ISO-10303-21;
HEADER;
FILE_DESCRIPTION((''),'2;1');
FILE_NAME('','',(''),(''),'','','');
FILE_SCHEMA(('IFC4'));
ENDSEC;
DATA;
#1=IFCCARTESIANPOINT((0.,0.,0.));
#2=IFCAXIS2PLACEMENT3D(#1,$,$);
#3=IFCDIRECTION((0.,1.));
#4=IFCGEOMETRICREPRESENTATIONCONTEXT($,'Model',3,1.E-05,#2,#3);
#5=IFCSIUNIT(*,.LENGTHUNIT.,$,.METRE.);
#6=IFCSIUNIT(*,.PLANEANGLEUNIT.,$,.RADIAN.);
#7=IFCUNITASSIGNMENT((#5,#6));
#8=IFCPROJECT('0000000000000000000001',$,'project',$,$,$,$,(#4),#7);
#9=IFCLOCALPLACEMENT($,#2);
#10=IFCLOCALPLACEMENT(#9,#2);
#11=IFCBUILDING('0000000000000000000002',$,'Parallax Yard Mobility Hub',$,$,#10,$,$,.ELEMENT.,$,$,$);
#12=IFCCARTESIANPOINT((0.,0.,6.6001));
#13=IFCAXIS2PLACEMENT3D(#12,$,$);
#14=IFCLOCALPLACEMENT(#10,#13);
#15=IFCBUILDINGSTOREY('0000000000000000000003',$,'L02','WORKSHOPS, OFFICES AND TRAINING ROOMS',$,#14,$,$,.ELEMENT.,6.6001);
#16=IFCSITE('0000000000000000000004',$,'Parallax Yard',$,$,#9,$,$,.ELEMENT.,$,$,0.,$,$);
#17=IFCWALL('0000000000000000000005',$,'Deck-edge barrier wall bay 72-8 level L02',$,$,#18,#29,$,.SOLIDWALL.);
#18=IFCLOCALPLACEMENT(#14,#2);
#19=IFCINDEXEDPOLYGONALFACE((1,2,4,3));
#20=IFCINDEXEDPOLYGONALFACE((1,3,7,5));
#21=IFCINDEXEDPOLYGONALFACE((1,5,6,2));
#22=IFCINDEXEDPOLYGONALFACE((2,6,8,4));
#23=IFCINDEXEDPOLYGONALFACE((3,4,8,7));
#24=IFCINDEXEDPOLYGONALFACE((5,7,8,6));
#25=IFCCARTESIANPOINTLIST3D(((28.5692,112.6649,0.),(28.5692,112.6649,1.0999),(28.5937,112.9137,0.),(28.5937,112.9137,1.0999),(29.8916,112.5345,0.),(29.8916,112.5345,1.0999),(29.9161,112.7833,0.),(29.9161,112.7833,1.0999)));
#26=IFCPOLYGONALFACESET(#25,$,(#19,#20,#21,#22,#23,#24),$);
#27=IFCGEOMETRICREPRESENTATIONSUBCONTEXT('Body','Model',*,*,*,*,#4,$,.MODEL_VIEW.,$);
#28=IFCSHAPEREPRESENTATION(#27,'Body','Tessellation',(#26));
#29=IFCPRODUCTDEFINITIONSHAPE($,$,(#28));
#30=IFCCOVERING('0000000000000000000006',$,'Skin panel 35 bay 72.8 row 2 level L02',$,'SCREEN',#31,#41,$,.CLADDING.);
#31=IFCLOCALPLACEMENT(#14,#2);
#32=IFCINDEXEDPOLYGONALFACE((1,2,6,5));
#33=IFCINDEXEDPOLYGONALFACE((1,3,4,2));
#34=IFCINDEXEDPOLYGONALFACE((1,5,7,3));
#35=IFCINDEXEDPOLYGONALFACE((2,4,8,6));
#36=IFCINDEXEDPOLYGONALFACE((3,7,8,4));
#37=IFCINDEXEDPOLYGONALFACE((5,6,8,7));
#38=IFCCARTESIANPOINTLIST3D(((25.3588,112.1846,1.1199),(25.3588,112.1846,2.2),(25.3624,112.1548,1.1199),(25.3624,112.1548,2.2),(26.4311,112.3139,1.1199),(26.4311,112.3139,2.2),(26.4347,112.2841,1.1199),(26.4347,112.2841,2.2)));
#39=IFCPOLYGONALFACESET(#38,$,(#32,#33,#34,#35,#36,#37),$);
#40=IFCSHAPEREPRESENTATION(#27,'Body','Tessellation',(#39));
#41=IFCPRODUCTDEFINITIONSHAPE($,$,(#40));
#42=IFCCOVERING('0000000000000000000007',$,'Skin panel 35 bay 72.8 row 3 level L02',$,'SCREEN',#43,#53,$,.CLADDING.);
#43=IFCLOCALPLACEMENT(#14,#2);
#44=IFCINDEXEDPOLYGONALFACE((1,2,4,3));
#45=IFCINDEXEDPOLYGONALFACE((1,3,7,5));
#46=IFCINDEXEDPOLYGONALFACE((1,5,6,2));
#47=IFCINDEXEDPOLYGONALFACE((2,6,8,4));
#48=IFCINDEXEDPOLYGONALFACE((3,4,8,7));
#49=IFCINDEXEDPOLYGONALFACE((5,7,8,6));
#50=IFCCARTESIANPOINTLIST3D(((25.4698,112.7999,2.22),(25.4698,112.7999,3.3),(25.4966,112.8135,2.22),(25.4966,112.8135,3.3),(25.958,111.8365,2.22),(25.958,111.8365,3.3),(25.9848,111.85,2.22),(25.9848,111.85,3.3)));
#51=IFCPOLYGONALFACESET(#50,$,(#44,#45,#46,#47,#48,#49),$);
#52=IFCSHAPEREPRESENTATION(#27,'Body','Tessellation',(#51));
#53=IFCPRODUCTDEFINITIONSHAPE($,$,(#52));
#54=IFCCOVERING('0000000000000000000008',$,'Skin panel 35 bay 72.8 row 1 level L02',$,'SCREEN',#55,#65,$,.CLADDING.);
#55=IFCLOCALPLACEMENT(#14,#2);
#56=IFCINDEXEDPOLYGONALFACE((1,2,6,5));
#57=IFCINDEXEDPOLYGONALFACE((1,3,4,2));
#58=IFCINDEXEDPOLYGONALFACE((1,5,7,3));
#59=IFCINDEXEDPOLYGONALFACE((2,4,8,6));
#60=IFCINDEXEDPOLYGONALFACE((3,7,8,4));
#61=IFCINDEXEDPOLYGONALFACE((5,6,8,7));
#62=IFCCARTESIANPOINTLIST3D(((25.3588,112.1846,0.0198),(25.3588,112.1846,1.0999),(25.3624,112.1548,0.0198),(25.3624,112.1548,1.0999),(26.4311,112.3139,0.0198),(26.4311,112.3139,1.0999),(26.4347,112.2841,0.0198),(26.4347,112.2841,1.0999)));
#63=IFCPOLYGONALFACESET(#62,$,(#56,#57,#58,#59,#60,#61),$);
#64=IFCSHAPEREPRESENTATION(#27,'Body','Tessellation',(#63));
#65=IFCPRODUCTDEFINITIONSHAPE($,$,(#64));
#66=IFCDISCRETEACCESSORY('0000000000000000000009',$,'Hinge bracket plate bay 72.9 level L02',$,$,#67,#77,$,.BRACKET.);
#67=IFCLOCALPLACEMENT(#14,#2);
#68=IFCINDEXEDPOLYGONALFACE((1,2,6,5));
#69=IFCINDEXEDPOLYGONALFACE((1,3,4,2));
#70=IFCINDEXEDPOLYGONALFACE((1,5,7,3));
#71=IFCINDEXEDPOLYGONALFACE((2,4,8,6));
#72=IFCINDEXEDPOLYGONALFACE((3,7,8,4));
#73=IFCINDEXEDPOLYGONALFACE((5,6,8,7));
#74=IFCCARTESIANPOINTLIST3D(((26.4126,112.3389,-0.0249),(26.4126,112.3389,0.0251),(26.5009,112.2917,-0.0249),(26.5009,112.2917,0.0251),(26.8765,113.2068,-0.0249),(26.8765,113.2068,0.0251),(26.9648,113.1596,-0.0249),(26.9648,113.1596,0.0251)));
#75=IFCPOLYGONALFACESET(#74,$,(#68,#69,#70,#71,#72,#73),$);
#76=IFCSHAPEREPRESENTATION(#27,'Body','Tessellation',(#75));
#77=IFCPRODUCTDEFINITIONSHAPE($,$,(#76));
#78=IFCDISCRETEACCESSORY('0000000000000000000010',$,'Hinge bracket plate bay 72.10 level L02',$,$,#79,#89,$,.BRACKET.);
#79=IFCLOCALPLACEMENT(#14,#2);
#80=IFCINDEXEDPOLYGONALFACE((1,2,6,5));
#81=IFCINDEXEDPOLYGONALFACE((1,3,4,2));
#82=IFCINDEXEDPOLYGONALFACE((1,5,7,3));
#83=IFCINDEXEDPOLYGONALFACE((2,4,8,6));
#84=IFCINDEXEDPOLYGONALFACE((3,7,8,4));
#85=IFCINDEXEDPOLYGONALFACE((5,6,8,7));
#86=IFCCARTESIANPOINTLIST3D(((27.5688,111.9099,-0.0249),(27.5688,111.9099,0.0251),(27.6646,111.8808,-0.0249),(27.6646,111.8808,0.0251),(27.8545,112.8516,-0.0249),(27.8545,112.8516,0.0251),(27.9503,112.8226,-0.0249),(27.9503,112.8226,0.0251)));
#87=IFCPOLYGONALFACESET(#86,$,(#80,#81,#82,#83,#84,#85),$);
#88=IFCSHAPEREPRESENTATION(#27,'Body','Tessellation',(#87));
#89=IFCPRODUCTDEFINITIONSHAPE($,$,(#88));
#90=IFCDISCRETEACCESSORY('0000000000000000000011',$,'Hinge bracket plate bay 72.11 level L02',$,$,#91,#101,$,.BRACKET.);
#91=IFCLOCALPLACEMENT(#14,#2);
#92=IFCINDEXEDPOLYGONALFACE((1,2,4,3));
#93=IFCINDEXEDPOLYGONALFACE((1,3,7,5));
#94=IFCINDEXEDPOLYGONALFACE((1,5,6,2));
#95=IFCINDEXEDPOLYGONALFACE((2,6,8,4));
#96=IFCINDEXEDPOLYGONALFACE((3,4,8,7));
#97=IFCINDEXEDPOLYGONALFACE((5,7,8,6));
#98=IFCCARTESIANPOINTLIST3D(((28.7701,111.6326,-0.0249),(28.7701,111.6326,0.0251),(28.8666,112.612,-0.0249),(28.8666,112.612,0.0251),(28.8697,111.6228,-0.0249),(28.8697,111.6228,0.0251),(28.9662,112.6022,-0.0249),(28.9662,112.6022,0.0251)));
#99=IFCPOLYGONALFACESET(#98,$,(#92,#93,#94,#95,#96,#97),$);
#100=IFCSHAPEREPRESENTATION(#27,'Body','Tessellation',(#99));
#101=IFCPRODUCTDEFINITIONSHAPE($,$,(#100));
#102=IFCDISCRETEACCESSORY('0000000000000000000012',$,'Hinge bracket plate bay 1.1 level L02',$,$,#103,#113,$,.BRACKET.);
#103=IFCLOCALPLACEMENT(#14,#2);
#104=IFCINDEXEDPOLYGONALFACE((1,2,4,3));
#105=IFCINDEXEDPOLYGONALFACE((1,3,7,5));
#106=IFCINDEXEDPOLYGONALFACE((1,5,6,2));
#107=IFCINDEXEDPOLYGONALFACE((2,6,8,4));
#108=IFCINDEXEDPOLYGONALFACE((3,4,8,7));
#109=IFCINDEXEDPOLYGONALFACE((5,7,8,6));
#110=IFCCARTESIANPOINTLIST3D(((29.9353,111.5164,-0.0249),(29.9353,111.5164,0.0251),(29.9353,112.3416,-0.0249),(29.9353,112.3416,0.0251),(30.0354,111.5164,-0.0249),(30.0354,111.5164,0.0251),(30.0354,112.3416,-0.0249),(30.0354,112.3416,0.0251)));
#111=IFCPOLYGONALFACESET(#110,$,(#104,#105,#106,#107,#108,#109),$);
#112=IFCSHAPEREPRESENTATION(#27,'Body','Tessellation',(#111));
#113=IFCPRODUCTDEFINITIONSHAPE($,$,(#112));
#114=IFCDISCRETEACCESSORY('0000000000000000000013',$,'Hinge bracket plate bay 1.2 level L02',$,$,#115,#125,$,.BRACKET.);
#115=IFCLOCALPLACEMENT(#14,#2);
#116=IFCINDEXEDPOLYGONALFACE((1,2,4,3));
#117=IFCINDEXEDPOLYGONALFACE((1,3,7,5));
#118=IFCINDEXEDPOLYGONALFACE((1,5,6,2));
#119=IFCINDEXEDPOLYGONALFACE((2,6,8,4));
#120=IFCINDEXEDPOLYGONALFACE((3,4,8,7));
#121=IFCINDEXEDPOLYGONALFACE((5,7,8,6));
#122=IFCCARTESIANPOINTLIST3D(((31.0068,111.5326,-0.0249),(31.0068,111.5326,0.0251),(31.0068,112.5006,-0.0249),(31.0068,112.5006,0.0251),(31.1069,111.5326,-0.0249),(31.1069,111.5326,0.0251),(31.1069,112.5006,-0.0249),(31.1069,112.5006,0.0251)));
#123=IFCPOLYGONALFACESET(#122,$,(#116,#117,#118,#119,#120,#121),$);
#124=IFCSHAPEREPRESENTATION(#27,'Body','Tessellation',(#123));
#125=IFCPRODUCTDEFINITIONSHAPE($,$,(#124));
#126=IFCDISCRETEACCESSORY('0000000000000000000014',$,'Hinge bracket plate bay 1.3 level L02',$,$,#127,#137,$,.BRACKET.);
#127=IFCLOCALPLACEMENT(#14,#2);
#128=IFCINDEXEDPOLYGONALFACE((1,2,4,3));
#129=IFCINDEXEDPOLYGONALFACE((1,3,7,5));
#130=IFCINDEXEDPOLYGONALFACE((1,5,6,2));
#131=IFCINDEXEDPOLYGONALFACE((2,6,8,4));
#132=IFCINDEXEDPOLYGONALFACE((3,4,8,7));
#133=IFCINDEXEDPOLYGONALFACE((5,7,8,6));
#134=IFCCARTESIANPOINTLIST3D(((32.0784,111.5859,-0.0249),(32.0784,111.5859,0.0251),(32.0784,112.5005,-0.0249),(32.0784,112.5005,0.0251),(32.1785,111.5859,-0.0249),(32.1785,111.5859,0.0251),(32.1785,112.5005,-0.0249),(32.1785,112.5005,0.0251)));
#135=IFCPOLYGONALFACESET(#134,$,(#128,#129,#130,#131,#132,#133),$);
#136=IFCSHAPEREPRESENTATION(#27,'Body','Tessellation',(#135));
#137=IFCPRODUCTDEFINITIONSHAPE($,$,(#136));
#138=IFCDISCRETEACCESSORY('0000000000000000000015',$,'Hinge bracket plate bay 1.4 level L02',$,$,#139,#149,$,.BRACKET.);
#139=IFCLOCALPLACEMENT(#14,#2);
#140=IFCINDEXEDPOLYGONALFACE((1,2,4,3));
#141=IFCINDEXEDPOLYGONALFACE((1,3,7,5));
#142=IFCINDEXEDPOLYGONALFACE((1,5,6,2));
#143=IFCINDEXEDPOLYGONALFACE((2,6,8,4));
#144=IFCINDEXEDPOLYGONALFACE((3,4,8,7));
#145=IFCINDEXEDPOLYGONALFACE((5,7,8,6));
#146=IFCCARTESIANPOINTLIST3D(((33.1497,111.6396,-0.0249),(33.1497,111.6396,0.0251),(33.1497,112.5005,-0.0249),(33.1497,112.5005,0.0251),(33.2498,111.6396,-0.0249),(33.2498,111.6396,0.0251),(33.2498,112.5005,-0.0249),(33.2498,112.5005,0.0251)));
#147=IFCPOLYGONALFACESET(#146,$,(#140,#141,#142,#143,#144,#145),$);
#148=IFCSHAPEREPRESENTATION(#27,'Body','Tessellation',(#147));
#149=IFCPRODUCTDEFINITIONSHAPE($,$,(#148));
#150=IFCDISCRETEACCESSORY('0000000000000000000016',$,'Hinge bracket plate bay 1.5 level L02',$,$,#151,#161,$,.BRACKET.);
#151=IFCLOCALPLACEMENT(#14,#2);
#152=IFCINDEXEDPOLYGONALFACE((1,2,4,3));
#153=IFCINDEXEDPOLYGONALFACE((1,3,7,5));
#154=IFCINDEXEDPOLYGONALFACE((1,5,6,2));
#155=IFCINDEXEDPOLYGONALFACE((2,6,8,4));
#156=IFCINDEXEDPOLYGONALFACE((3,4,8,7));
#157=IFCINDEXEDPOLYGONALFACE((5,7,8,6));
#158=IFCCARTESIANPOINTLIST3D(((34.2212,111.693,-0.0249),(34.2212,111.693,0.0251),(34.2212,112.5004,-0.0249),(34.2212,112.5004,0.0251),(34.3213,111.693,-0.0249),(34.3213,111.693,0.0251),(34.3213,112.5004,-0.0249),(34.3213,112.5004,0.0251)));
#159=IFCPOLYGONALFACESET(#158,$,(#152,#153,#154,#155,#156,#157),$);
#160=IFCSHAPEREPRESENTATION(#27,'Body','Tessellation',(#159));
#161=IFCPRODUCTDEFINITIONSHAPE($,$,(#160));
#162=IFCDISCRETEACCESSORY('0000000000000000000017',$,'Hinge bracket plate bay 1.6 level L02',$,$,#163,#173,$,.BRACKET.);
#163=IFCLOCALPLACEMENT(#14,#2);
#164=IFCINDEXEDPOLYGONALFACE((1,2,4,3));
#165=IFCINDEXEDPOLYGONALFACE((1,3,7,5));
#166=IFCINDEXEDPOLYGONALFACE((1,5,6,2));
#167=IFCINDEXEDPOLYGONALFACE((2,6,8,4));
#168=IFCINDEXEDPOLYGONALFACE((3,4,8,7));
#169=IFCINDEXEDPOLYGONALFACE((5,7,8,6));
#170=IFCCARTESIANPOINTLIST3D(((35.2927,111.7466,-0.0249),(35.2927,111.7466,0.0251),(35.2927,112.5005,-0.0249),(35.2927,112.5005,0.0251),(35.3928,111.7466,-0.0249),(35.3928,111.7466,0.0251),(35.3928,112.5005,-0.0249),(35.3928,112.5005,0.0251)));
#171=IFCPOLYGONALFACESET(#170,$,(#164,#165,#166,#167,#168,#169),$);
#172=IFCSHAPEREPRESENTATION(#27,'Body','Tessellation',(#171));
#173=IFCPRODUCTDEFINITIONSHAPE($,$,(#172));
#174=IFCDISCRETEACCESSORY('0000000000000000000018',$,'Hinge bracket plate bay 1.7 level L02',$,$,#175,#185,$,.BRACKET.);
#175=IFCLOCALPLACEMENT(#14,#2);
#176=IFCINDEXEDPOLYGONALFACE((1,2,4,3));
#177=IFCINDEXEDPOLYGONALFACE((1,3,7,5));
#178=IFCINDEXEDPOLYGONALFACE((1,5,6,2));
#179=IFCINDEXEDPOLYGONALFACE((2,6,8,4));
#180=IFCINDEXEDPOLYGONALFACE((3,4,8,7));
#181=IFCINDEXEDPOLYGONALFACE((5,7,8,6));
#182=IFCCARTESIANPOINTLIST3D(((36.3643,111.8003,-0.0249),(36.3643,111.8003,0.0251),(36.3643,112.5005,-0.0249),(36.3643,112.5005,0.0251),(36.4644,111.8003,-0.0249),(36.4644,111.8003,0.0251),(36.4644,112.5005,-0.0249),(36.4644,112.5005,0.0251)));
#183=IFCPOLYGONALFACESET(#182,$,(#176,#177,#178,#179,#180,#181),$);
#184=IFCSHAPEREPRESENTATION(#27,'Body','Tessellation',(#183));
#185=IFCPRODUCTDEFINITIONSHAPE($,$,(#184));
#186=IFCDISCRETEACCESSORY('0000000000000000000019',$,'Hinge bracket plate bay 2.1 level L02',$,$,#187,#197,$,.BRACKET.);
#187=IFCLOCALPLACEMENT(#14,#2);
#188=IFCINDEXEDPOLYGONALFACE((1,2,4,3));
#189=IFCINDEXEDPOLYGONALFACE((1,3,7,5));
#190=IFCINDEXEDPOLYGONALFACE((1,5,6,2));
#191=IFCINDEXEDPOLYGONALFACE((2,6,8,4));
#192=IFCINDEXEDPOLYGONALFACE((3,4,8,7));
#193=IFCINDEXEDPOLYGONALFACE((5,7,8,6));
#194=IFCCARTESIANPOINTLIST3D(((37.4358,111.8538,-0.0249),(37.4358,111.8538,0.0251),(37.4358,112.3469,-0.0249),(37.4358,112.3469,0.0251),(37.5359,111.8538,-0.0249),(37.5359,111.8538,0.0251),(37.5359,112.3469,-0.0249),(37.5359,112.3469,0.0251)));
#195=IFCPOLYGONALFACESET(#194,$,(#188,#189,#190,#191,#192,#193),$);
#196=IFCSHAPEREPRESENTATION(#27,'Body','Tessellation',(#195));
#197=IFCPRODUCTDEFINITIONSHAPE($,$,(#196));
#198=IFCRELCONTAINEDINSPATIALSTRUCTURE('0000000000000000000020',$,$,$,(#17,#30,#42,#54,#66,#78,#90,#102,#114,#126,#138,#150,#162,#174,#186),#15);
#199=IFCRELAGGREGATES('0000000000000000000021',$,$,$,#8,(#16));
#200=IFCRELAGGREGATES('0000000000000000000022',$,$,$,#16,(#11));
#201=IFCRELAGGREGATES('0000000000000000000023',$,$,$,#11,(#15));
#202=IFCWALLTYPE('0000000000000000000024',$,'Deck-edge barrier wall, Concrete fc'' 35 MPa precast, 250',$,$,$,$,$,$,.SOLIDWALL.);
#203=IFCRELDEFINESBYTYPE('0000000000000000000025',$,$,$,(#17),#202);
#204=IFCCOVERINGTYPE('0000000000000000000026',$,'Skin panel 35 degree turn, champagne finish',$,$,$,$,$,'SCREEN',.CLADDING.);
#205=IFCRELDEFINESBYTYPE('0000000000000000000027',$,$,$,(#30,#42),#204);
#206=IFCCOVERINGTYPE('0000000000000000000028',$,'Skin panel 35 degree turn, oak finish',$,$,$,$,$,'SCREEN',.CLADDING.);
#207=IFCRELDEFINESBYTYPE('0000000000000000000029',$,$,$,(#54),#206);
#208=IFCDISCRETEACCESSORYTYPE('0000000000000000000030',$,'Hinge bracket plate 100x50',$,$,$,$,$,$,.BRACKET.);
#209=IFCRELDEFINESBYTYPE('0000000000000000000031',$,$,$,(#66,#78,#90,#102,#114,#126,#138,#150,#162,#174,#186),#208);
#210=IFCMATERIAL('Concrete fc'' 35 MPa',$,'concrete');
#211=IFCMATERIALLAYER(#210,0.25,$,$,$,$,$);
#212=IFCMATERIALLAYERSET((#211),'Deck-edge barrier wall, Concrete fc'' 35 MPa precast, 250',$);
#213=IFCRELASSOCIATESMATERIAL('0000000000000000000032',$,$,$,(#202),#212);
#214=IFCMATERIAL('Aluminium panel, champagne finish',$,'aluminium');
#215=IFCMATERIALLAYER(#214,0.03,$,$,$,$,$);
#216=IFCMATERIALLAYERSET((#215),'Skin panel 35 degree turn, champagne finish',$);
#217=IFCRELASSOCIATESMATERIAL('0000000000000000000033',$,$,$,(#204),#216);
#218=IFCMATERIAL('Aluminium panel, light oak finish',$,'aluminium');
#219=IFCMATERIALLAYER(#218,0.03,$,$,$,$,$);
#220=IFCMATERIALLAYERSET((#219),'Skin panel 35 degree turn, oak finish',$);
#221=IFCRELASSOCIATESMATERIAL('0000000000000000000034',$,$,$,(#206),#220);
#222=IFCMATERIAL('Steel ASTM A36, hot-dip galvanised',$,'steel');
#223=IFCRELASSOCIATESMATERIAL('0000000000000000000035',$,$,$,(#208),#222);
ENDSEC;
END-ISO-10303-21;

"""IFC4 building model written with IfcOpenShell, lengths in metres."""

from ifc_helpers import new_model, si_unit, direction, frame, frame_2d, origin, origin_2d, place, context, subcontext, project, spatial, rectangle, extrude, material, layer, layer_set, type_object, element, save


model = new_model("IFC4")

# Units and contexts
model_context = context("Model", 3, precision=1e-05, world=origin(), true_north=direction((0.0, 1.0)))
body_context = subcontext(model_context, "Body", "Model", "MODEL_VIEW")
ifc_project = project(units=[si_unit("LENGTHUNIT", "METRE"), si_unit("PLANEANGLEUNIT", "RADIAN")], contexts=[model_context])

# Site, building, storey
site_placement = place(None, origin())
site = spatial("IfcSite", under=ifc_project, at=site_placement, Name="Parallax Yard", CompositionType="ELEMENT", RefElevation=0.0)
building_placement = place(site_placement, origin())
building = spatial("IfcBuilding", under=site, at=building_placement, Name="Parallax Yard Mobility Hub", CompositionType="ELEMENT")
storey_placement = place(building_placement, frame((0.0, 0.0, 6.6001)))
storey = spatial("IfcBuildingStorey", under=building, at=storey_placement, Name="L02", Description="WORKSHOPS, OFFICES AND TRAINING ROOMS", CompositionType="ELEMENT", Elevation=6.6001)

# Wall
ifc_material_1 = material(Name="Concrete fc' 35 MPa", Category="concrete")
ifc_layer_1 = layer(ifc_material_1, 0.25)
ifc_layer_set_1 = layer_set([ifc_layer_1], Name="Deck-edge barrier wall, Concrete fc' 35 MPa precast, 250")
wall_type = type_object("IfcWallType", Name="Deck-edge barrier wall, Concrete fc' 35 MPa precast, 250", PredefinedType="SOLIDWALL", material=ifc_layer_set_1)
wall_1_placement = place(storey_placement, frame((28.5813, 112.7893, 0.0), z_axis=(0.0, 0.0, 1.0), x_axis=(0.995176, -0.098103, 0.0)))
element("IfcWall", 1, at=wall_1_placement, inside=storey, type_object=wall_type, Name="Deck-edge barrier wall bay 72-8 level L02", PredefinedType="SOLIDWALL", context=body_context, shape_type="SweptSolid", body=[
    extrude(rectangle(XDim=1.3289, YDim=0.25, at=frame_2d((0.6646, 0.0))), origin(), (0.0, 0.0, 1.0), 1.0999),
])

# Coverings
ifc_material_2 = material(Name="Aluminium panel, champagne finish", Category="aluminium")
ifc_layer_2 = layer(ifc_material_2, 0.03)
ifc_layer_set_2 = layer_set([ifc_layer_2], Name="Skin panel 35 degree turn, champagne finish")
covering_type_1 = type_object("IfcCoveringType", Name="Skin panel 35 degree turn, champagne finish", ElementType="SCREEN", PredefinedType="CLADDING", material=ifc_layer_set_2)
for number, where, z_axis, x_axis, name in (
    (2, (25.8967, 112.2344, 1.1199), (0.0, 0.0, 1.0), (-0.99281, -0.119704, 0.0), "Skin panel 35 bay 72.8 row 2 level L02"),
    (3, (25.7273, 112.325, 2.22), (0.0, 0.0, 1.0), (0.452046, -0.891995, 0.0), "Skin panel 35 bay 72.8 row 3 level L02"),
):
    element("IfcCovering", number, at=place(storey_placement, frame(where, z_axis=z_axis, x_axis=x_axis)), inside=storey, type_object=covering_type_1, Name=name, ObjectType="SCREEN", PredefinedType="CLADDING", context=body_context, shape_type="SweptSolid", body=[
        extrude(rectangle(XDim=1.0801, YDim=0.03, at=origin_2d()), origin(), (0.0, 0.0, 1.0), 1.0801),
    ])
ifc_material_3 = material(Name="Aluminium panel, light oak finish", Category="aluminium")
ifc_layer_3 = layer(ifc_material_3, 0.03)
ifc_layer_set_3 = layer_set([ifc_layer_3], Name="Skin panel 35 degree turn, oak finish")
covering_type_2 = type_object("IfcCoveringType", Name="Skin panel 35 degree turn, oak finish", ElementType="SCREEN", PredefinedType="CLADDING", material=ifc_layer_set_3)
covering_placement = place(storey_placement, frame((25.8967, 112.2344, 0.0198), z_axis=(0.0, 0.0, 1.0), x_axis=(-0.99281, -0.119704, 0.0)))
element("IfcCovering", 4, at=covering_placement, inside=storey, type_object=covering_type_2, Name="Skin panel 35 bay 72.8 row 1 level L02", ObjectType="SCREEN", PredefinedType="CLADDING", context=body_context, shape_type="SweptSolid", body=[
    extrude(rectangle(XDim=1.0801, YDim=0.03, at=origin_2d()), origin(), (0.0, 0.0, 1.0), 1.0801),
])

# Discrete accessories
ifc_material_4 = material(Name="Steel ASTM A36, hot-dip galvanised", Category="steel")
discrete_accessory_type_1 = type_object("IfcDiscreteAccessoryType", Name="Hinge bracket plate 100x50", PredefinedType="BRACKET", material=ifc_material_4)
for number, where, z_axis, x_axis, name in (
    (5, (26.6887, 112.7493, -0.0249), (0.0, 0.0, 1.0), (-0.471397, -0.881921, 0.0), "Hinge bracket plate bay 72.9 level L02"),
    (6, (27.7595, 112.3662, -0.0249), (0.0, 0.0, 1.0), (-0.290285, -0.95694, 0.0), "Hinge bracket plate bay 72.10 level L02"),
    (7, (28.8682, 112.1174, -0.0249), (0.0, 0.0, 1.0), (-0.098017, -0.995185, 0.0), "Hinge bracket plate bay 72.11 level L02"),
):
    element("IfcDiscreteAccessory", number, at=place(storey_placement, frame(where, z_axis=z_axis, x_axis=x_axis)), inside=storey, type_object=discrete_accessory_type_1, Name=name, PredefinedType="BRACKET", context=body_context, shape_type="SweptSolid", body=[
        extrude(rectangle(XDim=0.9841, YDim=0.1001, at=origin_2d()), origin(), (0.0, 0.0, 1.0), 0.05),
    ])
discrete_accessory_1_placement = place(storey_placement, frame((29.9854, 111.929, -0.0249), z_axis=(0.0, 0.0, 1.0), x_axis=(0.0, -1.0, 0.0)))
element("IfcDiscreteAccessory", 8, at=discrete_accessory_1_placement, inside=storey, type_object=discrete_accessory_type_1, Name="Hinge bracket plate bay 1.1 level L02", PredefinedType="BRACKET", context=body_context, shape_type="SweptSolid", body=[
    extrude(rectangle(XDim=0.8252, YDim=0.1001, at=origin_2d()), origin(), (0.0, 0.0, 1.0), 0.05),
])
discrete_accessory_2_placement = place(storey_placement, frame((31.0569, 112.0166, -0.0249), z_axis=(0.0, 0.0, 1.0), x_axis=(0.0, -1.0, 0.0)))
element("IfcDiscreteAccessory", 9, at=discrete_accessory_2_placement, inside=storey, type_object=discrete_accessory_type_1, Name="Hinge bracket plate bay 1.2 level L02", PredefinedType="BRACKET", context=body_context, shape_type="SweptSolid", body=[
    extrude(rectangle(XDim=0.968, YDim=0.1001, at=origin_2d()), origin(), (0.0, 0.0, 1.0), 0.05),
])
discrete_accessory_3_placement = place(storey_placement, frame((32.1284, 112.0432, -0.0249), z_axis=(0.0, 0.0, 1.0), x_axis=(0.0, -1.0, 0.0)))
element("IfcDiscreteAccessory", 10, at=discrete_accessory_3_placement, inside=storey, type_object=discrete_accessory_type_1, Name="Hinge bracket plate bay 1.3 level L02", PredefinedType="BRACKET", context=body_context, shape_type="SweptSolid", body=[
    extrude(rectangle(XDim=0.9146, YDim=0.1001, at=origin_2d()), origin(), (0.0, 0.0, 1.0), 0.05),
])
discrete_accessory_4_placement = place(storey_placement, frame((33.1997, 112.0701, -0.0249), z_axis=(0.0, 0.0, 1.0), x_axis=(0.0, -1.0, 0.0)))
element("IfcDiscreteAccessory", 11, at=discrete_accessory_4_placement, inside=storey, type_object=discrete_accessory_type_1, Name="Hinge bracket plate bay 1.4 level L02", PredefinedType="BRACKET", context=body_context, shape_type="SweptSolid", body=[
    extrude(rectangle(XDim=0.8608, YDim=0.1001, at=origin_2d()), origin(), (0.0, 0.0, 1.0), 0.05),
])
discrete_accessory_5_placement = place(storey_placement, frame((34.2712, 112.0967, -0.0249), z_axis=(0.0, 0.0, 1.0), x_axis=(0.0, -1.0, 0.0)))
element("IfcDiscreteAccessory", 12, at=discrete_accessory_5_placement, inside=storey, type_object=discrete_accessory_type_1, Name="Hinge bracket plate bay 1.5 level L02", PredefinedType="BRACKET", context=body_context, shape_type="SweptSolid", body=[
    extrude(rectangle(XDim=0.8074, YDim=0.1001, at=origin_2d()), origin(), (0.0, 0.0, 1.0), 0.05),
])
discrete_accessory_6_placement = place(storey_placement, frame((35.3428, 112.1235, -0.0249), z_axis=(0.0, 0.0, 1.0), x_axis=(0.0, -1.0, 0.0)))
element("IfcDiscreteAccessory", 13, at=discrete_accessory_6_placement, inside=storey, type_object=discrete_accessory_type_1, Name="Hinge bracket plate bay 1.6 level L02", PredefinedType="BRACKET", context=body_context, shape_type="SweptSolid", body=[
    extrude(rectangle(XDim=0.7539, YDim=0.1001, at=origin_2d()), origin(), (0.0, 0.0, 1.0), 0.05),
])
discrete_accessory_7_placement = place(storey_placement, frame((36.4143, 112.1504, -0.0249), z_axis=(0.0, 0.0, 1.0), x_axis=(0.0, -1.0, 0.0)))
element("IfcDiscreteAccessory", 14, at=discrete_accessory_7_placement, inside=storey, type_object=discrete_accessory_type_1, Name="Hinge bracket plate bay 1.7 level L02", PredefinedType="BRACKET", context=body_context, shape_type="SweptSolid", body=[
    extrude(rectangle(XDim=0.7002, YDim=0.1001, at=origin_2d()), origin(), (0.0, 0.0, 1.0), 0.05),
])
discrete_accessory_8_placement = place(storey_placement, frame((37.4858, 112.1003, -0.0249), z_axis=(0.0, 0.0, 1.0), x_axis=(0.0, -1.0, 0.0)))
element("IfcDiscreteAccessory", 15, at=discrete_accessory_8_placement, inside=storey, type_object=discrete_accessory_type_1, Name="Hinge bracket plate bay 2.1 level L02", PredefinedType="BRACKET", context=body_context, shape_type="SweptSolid", body=[
    extrude(rectangle(XDim=0.4932, YDim=0.1001, at=origin_2d()), origin(), (0.0, 0.0, 1.0), 0.05),
])

save(model, "model.ifc")
